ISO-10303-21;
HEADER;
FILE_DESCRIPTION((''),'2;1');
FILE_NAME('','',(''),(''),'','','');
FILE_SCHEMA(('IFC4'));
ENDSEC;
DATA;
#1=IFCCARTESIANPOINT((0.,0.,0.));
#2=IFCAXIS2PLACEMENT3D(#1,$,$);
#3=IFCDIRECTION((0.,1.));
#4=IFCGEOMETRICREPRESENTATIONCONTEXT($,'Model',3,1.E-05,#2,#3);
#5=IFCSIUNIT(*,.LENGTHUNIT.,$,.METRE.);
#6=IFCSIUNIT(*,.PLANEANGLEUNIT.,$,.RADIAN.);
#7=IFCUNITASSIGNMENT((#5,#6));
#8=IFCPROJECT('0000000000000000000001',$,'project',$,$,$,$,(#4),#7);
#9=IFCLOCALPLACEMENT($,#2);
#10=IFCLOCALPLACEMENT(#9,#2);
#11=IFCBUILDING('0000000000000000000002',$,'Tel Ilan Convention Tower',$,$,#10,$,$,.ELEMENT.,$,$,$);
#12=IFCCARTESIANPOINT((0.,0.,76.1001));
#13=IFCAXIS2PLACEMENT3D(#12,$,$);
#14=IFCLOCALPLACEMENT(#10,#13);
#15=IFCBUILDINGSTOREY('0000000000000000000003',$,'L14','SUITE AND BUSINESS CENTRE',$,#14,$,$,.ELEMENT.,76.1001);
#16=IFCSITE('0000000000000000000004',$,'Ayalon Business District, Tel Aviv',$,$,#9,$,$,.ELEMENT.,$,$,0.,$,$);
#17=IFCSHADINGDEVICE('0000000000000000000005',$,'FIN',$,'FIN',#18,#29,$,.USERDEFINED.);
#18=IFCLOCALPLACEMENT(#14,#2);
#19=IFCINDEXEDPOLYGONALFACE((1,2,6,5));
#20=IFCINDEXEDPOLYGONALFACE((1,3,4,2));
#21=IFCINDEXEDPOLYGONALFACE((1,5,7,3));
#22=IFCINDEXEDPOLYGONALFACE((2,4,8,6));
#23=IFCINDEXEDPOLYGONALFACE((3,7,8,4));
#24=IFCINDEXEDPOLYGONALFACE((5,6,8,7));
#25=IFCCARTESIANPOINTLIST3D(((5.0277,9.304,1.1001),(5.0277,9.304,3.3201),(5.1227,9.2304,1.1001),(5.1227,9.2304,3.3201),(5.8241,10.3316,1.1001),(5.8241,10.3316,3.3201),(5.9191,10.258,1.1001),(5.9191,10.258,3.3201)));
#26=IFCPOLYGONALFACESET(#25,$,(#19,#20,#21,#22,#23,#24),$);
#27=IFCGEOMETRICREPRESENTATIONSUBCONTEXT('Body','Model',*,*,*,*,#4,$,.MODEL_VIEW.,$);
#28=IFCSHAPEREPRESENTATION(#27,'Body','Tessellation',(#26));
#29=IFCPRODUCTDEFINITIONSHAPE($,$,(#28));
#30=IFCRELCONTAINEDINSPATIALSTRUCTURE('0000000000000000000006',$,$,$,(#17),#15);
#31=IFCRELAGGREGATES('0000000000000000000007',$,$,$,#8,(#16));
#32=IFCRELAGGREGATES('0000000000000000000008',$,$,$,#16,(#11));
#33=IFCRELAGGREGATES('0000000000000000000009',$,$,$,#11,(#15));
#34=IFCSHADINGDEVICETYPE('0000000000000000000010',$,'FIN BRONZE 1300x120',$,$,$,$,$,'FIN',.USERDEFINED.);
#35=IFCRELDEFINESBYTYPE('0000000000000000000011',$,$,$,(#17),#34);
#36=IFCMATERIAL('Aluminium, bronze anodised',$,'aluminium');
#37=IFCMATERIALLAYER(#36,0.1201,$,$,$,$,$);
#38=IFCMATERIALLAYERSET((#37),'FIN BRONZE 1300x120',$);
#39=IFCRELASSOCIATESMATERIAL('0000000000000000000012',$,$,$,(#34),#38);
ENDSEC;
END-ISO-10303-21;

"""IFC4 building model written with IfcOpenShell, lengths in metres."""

from ifc_helpers import new_model, si_unit, direction, frame, origin, origin_2d, place, context, subcontext, project, spatial, rectangle, extrude, material, layer, layer_set, type_object, element, save


model = new_model("IFC4")

# Units and contexts
model_context = context("Model", 3, precision=1e-05, world=origin(), true_north=direction((0.0, 1.0)))
body_context = subcontext(model_context, "Body", "Model", "MODEL_VIEW")
ifc_project = project(units=[si_unit("LENGTHUNIT", "METRE"), si_unit("PLANEANGLEUNIT", "RADIAN")], contexts=[model_context])

# Site, building, storey
site_placement = place(None, origin())
site = spatial("IfcSite", under=ifc_project, at=site_placement, Name="Ayalon Business District, Tel Aviv", CompositionType="ELEMENT", RefElevation=0.0)
building_placement = place(site_placement, origin())
building = spatial("IfcBuilding", under=site, at=building_placement, Name="Tel Ilan Convention Tower", CompositionType="ELEMENT")
storey_placement = place(building_placement, frame((0.0, 0.0, 76.1001)))
storey = spatial("IfcBuildingStorey", under=building, at=storey_placement, Name="L14", Description="SUITE AND BUSINESS CENTRE", CompositionType="ELEMENT", Elevation=76.1001)

# Shading device
ifc_material_1 = material(Name="Aluminium, bronze anodised", Category="aluminium")
ifc_layer_1 = layer(ifc_material_1, 0.1201)
ifc_layer_set_1 = layer_set([ifc_layer_1], Name="FIN BRONZE 1300x120")
shading_device_type = type_object("IfcShadingDeviceType", Name="FIN BRONZE 1300x120", ElementType="FIN", PredefinedType="USERDEFINED", material=ifc_layer_set_1)
for number, where, z_axis, x_axis, name in (
    (1, (5.4734, 9.781, 1.1001), (0.0, 0.0, 1.0), (0.612601, 0.790393, 0.0), "FIN"),
):
    element("IfcShadingDevice", number, at=place(storey_placement, frame(where, z_axis=z_axis, x_axis=x_axis)), inside=storey, type_object=shading_device_type, Name=name, ObjectType="FIN", PredefinedType="USERDEFINED", context=body_context, shape_type="SweptSolid", body=[
        extrude(rectangle(XDim=1.3, YDim=0.1201, at=origin_2d()), origin(), (0.0, 0.0, 1.0), 2.22),
    ])

save(model, "model.ifc")
